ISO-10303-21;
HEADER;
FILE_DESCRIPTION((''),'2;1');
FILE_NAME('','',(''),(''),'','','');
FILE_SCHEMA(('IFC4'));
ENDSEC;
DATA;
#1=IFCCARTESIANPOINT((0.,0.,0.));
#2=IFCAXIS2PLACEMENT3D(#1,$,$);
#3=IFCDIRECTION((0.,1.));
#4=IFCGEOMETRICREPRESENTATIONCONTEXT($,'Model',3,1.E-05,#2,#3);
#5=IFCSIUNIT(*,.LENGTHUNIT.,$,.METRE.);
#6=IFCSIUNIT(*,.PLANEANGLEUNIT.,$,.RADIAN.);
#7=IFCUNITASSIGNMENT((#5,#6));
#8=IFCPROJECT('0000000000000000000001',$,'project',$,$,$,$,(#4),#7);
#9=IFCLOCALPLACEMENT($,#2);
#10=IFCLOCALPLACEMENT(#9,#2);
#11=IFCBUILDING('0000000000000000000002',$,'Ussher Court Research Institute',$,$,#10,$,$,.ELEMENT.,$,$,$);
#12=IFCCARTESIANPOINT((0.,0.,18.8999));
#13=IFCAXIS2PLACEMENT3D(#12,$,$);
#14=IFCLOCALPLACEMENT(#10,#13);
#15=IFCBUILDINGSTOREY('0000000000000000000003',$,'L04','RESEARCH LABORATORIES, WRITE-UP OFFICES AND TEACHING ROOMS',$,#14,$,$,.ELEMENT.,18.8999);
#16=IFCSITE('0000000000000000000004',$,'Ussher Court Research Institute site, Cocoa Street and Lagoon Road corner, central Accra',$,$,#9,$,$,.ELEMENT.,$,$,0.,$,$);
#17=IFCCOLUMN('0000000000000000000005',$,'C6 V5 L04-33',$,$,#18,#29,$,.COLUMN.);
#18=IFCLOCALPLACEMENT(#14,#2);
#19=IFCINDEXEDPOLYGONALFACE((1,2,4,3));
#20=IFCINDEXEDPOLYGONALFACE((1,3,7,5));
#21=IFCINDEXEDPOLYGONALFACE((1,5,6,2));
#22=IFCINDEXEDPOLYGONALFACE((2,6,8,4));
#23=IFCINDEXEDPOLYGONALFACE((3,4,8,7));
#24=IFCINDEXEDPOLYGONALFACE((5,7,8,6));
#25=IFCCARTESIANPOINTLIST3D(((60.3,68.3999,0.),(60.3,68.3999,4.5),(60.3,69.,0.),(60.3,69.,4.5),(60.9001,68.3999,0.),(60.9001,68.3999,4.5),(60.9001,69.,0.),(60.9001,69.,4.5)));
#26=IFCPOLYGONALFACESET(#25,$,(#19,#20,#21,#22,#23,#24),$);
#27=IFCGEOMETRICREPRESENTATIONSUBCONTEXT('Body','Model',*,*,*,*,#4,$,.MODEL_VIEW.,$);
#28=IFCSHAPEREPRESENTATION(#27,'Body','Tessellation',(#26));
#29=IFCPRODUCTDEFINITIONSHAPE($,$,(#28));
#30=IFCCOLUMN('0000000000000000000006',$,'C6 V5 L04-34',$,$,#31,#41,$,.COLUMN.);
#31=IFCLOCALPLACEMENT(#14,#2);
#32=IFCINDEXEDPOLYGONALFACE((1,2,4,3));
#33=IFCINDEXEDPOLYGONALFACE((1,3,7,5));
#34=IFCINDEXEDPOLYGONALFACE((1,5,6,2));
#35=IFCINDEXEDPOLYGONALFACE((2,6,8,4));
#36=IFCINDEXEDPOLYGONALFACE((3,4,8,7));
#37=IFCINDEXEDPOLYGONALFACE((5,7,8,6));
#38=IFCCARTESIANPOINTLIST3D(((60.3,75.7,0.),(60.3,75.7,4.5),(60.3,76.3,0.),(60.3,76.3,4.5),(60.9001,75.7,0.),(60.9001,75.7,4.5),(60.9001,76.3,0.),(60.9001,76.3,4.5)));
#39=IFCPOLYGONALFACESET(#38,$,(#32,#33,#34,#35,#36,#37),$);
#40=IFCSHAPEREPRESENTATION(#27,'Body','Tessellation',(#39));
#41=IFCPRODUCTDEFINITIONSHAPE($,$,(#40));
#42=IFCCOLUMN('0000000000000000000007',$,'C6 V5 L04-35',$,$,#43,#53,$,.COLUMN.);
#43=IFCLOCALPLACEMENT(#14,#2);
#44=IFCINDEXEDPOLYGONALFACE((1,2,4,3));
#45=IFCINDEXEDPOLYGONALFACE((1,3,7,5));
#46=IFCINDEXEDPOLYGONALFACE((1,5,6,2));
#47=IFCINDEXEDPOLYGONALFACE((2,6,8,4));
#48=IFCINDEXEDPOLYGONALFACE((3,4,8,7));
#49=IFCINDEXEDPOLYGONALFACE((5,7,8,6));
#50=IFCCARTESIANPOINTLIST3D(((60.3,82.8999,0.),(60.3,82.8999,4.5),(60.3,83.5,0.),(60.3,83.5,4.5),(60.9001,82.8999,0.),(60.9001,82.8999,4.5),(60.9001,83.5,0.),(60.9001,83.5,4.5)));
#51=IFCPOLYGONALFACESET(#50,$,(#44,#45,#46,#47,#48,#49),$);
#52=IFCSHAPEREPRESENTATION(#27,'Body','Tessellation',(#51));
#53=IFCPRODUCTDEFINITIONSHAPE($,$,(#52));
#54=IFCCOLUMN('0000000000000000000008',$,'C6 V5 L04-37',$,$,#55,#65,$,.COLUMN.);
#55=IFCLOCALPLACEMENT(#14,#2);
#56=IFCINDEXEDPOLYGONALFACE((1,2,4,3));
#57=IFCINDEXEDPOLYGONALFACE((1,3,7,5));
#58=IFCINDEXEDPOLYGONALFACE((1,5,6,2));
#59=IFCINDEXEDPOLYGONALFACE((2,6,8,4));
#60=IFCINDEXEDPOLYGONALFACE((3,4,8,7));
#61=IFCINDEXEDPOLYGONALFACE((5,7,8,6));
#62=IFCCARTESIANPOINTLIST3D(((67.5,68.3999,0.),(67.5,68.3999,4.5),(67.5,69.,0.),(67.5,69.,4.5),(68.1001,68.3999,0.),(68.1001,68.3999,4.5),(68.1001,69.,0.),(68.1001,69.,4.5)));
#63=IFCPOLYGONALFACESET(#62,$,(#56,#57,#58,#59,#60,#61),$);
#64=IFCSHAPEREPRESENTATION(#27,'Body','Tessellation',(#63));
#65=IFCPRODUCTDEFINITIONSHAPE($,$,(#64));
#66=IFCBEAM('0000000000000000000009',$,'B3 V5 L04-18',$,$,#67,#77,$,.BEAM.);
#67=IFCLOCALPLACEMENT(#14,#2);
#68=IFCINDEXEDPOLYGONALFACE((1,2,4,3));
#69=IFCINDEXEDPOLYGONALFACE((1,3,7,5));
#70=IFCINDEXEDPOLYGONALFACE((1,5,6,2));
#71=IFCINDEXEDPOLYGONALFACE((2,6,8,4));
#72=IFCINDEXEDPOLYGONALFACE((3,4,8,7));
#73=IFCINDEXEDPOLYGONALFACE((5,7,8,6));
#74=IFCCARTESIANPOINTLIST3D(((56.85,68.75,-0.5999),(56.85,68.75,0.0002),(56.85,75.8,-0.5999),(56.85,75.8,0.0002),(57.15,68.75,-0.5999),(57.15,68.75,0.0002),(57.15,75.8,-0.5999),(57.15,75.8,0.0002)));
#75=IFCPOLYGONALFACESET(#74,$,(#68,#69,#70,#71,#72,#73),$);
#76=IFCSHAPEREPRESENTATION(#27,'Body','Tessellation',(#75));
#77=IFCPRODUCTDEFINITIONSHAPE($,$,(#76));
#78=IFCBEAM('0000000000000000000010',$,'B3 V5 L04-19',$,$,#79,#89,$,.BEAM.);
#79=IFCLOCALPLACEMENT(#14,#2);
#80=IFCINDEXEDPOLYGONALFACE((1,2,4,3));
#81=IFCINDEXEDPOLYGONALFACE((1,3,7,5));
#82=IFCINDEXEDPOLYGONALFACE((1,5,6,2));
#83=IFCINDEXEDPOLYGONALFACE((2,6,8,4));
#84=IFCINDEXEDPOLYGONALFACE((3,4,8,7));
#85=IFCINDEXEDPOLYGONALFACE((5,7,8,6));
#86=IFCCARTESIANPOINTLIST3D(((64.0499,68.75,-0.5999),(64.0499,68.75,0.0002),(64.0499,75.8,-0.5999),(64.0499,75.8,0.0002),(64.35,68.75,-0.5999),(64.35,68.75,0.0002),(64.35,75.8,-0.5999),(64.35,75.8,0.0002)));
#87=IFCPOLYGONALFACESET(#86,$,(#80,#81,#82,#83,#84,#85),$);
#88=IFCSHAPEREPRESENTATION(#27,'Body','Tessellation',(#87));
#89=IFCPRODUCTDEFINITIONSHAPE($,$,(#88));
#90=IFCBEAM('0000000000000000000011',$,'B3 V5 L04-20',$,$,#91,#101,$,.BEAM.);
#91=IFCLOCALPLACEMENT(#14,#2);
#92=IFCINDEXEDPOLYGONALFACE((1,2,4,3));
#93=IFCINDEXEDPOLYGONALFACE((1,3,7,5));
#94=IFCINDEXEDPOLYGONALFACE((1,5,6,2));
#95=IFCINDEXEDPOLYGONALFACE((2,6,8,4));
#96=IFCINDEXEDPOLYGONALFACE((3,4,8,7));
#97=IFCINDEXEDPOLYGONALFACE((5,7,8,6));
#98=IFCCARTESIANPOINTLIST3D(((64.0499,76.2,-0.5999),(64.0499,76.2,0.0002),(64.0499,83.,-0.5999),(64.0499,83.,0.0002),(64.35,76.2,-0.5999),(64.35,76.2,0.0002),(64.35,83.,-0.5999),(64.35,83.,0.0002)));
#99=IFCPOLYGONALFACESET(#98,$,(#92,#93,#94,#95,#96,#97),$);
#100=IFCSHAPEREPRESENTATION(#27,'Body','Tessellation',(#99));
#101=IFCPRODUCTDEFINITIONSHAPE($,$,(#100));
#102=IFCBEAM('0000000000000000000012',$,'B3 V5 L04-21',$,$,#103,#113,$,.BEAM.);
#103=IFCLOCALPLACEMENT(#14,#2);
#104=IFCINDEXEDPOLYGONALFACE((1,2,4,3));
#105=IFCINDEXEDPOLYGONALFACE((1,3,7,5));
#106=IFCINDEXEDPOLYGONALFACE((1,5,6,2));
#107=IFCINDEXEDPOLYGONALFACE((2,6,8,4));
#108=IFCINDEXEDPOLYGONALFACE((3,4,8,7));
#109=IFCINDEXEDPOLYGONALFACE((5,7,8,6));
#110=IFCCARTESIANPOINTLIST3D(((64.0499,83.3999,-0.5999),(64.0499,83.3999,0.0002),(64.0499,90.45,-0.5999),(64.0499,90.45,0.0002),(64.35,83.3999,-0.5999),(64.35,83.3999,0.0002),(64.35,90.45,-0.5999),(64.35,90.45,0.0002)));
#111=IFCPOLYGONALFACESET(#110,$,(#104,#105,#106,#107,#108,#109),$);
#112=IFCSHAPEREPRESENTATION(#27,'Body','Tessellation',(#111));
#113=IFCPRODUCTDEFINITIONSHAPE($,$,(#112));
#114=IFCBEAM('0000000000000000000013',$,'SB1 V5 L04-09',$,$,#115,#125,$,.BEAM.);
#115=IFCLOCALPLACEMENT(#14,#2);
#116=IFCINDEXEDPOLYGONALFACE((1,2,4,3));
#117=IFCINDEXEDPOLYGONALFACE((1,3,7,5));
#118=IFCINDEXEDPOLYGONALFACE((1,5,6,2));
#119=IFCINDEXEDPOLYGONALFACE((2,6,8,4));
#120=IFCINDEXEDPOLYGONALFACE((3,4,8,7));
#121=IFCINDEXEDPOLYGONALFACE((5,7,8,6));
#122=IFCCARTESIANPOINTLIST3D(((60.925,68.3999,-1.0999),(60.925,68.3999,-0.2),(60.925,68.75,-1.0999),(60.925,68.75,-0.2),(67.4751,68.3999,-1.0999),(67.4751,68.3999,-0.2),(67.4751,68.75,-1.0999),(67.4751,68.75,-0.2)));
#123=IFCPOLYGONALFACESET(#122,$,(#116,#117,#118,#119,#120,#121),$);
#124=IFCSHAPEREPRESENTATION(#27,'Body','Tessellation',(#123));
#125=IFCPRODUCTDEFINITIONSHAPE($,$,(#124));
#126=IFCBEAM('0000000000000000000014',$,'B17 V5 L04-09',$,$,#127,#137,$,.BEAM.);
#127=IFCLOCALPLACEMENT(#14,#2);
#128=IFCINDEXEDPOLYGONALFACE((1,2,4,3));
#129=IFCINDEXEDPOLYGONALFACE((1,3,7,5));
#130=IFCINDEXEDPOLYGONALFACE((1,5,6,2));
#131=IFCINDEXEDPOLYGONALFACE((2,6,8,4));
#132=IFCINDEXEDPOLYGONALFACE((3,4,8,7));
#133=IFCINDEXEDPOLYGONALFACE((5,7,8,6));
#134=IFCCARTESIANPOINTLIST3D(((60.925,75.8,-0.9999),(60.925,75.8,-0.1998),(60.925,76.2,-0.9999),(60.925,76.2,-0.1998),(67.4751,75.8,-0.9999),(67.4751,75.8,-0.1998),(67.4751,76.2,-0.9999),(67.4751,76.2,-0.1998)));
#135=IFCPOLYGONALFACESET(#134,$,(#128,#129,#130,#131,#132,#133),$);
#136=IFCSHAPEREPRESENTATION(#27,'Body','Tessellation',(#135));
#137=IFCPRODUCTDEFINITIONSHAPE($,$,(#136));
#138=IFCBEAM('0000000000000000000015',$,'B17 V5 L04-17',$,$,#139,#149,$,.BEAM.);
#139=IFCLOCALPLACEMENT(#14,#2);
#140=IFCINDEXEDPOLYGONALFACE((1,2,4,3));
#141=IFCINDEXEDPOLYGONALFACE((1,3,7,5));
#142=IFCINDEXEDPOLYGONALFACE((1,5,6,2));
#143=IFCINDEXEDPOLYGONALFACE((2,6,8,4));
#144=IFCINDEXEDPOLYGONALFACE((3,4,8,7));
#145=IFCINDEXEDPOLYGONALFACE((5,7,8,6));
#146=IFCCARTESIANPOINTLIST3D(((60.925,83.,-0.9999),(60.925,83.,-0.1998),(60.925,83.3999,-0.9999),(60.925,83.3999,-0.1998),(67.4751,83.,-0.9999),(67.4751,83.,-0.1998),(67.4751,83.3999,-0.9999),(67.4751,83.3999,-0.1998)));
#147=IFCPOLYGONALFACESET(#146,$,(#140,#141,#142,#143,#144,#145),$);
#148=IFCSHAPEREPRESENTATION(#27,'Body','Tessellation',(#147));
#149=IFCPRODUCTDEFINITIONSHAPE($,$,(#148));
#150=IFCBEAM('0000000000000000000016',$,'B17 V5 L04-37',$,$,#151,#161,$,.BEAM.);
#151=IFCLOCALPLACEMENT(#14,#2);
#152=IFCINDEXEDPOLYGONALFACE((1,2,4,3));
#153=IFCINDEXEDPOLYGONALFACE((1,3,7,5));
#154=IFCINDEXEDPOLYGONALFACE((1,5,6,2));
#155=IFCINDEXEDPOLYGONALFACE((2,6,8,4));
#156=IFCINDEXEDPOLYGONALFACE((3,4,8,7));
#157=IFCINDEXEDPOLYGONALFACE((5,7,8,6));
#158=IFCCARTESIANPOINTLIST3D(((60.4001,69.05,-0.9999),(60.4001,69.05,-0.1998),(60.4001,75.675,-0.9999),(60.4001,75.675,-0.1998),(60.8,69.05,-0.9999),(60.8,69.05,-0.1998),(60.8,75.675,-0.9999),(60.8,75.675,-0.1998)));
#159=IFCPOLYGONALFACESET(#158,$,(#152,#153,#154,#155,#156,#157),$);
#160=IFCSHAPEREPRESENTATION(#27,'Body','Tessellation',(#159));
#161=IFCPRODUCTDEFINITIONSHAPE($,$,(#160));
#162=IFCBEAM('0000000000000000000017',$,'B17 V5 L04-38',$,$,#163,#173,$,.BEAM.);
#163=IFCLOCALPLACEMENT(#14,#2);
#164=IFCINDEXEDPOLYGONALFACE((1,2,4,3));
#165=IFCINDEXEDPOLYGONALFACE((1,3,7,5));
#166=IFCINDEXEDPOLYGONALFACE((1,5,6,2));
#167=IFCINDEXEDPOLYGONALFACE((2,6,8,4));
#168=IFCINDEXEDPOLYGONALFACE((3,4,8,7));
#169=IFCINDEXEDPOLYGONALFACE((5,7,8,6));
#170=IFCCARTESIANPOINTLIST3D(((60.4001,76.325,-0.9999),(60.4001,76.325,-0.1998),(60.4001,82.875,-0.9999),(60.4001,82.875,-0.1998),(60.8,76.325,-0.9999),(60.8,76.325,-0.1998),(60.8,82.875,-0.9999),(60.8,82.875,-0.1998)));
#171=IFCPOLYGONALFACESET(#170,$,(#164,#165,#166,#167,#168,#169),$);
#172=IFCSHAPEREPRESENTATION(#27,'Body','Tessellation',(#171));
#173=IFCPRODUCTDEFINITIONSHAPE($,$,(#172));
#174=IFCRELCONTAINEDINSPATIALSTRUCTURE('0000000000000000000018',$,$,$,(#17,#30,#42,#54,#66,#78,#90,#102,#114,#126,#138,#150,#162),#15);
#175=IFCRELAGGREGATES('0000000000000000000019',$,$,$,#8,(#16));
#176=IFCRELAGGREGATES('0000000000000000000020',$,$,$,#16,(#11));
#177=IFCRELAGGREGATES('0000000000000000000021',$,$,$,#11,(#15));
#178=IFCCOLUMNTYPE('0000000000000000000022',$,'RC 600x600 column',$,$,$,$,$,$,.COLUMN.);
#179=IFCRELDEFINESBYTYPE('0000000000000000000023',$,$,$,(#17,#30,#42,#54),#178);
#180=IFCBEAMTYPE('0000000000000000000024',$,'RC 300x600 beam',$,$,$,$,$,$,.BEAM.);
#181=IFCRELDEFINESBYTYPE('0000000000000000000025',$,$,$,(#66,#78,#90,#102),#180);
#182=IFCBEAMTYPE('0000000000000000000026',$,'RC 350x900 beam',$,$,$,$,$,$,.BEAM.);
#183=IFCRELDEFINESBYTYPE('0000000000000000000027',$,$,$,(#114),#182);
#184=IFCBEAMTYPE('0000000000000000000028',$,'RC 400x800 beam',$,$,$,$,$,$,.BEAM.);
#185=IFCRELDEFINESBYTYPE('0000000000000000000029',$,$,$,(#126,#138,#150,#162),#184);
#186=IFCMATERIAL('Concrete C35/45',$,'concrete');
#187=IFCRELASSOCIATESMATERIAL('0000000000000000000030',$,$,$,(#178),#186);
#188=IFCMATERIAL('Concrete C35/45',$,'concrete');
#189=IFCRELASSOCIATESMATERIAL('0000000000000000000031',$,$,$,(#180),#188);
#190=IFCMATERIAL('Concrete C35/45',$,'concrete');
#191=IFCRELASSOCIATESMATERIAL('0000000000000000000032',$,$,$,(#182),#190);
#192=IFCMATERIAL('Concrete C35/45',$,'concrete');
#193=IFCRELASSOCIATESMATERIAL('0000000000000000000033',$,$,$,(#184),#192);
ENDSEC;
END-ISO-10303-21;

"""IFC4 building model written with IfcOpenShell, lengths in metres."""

from ifc_helpers import new_model, si_unit, direction, frame, origin, origin_2d, place, context, subcontext, project, spatial, rectangle, extrude, material, material_profile, profile_set, type_object, element, save


model = new_model("IFC4")

# Units and contexts
model_context = context("Model", 3, precision=1e-05, world=origin(), true_north=direction((0.0, 1.0)))
body_context = subcontext(model_context, "Body", "Model", "MODEL_VIEW")
ifc_project = project(units=[si_unit("LENGTHUNIT", "METRE"), si_unit("PLANEANGLEUNIT", "RADIAN")], contexts=[model_context])

# Site, building, storey
site_placement = place(None, origin())
site = spatial("IfcSite", under=ifc_project, at=site_placement, Name="Ussher Court Research Institute site, Cocoa Street and Lagoon Road corner, central Accra", CompositionType="ELEMENT", RefElevation=0.0)
building_placement = place(site_placement, origin())
building = spatial("IfcBuilding", under=site, at=building_placement, Name="Ussher Court Research Institute", CompositionType="ELEMENT")
storey_placement = place(building_placement, frame((0.0, 0.0, 18.8999)))
storey = spatial("IfcBuildingStorey", under=building, at=storey_placement, Name="L04", Description="RESEARCH LABORATORIES, WRITE-UP OFFICES AND TEACHING ROOMS", CompositionType="ELEMENT", Elevation=18.8999)

# Columns
ifc_material_1 = material(Name="Concrete C35/45", Category="concrete")
ifc_material_profile_1 = material_profile(ifc_material_1, rectangle(XDim=0.6001, YDim=0.6001, at=origin_2d()), Name="RC 600x600")
ifc_profile_set_1 = profile_set([ifc_material_profile_1], Name="Concrete C35/45")
column_type = type_object("IfcColumnType", Name="RC 600x600 column", PredefinedType="COLUMN", material=ifc_profile_set_1)
for number, where, z_axis, x_axis, name in (
    (1, (60.6001, 68.7, 0.0), (0.0, 0.0, 1.0), (1.0, 0.0, 0.0), "C6 V5 L04-33"),
    (2, (60.6001, 76.0, 0.0), (0.0, 0.0, 1.0), (1.0, 0.0, 0.0), "C6 V5 L04-34"),
    (3, (60.6001, 83.2, 0.0), (0.0, 0.0, 1.0), (1.0, 0.0, 0.0), "C6 V5 L04-35"),
    (4, (67.8, 68.7, 0.0), (0.0, 0.0, 1.0), (1.0, 0.0, 0.0), "C6 V5 L04-37"),
):
    element("IfcColumn", number, at=place(storey_placement, frame(where, z_axis=z_axis, x_axis=x_axis)), inside=storey, type_object=column_type, Name=name, PredefinedType="COLUMN", context=body_context, shape_type="SweptSolid", body=[
        extrude(rectangle(XDim=0.6001, YDim=0.6001, at=origin_2d()), origin(), (0.0, 0.0, 1.0), 4.5),
    ])

# Beams
ifc_material_2 = material(Name="Concrete C35/45", Category="concrete")
ifc_material_profile_2 = material_profile(ifc_material_2, rectangle(XDim=0.3, YDim=0.6001, at=origin_2d()), Name="RC 300x600")
ifc_profile_set_2 = profile_set([ifc_material_profile_2], Name="Concrete C35/45")
beam_type_1 = type_object("IfcBeamType", Name="RC 300x600 beam", PredefinedType="BEAM", material=ifc_profile_set_2)
for number, where, z_axis, x_axis, name in (
    (5, (57.0, 68.75, -0.2998), (0.0, 1.0, 0.0), (-1.0, 0.0, 0.0), "B3 V5 L04-18"),
    (6, (64.2, 68.75, -0.2998), (0.0, 1.0, 0.0), (-1.0, 0.0, 0.0), "B3 V5 L04-19"),
):
    element("IfcBeam", number, at=place(storey_placement, frame(where, z_axis=z_axis, x_axis=x_axis)), inside=storey, type_object=beam_type_1, Name=name, PredefinedType="BEAM", context=body_context, shape_type="SweptSolid", body=[
        extrude(rectangle(XDim=0.3, YDim=0.6001, at=origin_2d()), origin(), (0.0, 0.0, 1.0), 7.05),
    ])
beam_1_placement = place(storey_placement, frame((64.2, 76.2, -0.2998), z_axis=(0.0, 1.0, 0.0), x_axis=(-1.0, 0.0, 0.0)))
element("IfcBeam", 7, at=beam_1_placement, inside=storey, type_object=beam_type_1, Name="B3 V5 L04-20", PredefinedType="BEAM", context=body_context, shape_type="SweptSolid", body=[
    extrude(rectangle(XDim=0.3, YDim=0.6001, at=origin_2d()), origin(), (0.0, 0.0, 1.0), 6.8),
])
beam_2_placement = place(storey_placement, frame((64.2, 83.3999, -0.2998), z_axis=(0.0, 1.0, 0.0), x_axis=(-1.0, 0.0, 0.0)))
element("IfcBeam", 8, at=beam_2_placement, inside=storey, type_object=beam_type_1, Name="B3 V5 L04-21", PredefinedType="BEAM", context=body_context, shape_type="SweptSolid", body=[
    extrude(rectangle(XDim=0.3, YDim=0.6001, at=origin_2d()), origin(), (0.0, 0.0, 1.0), 7.05),
])
ifc_material_3 = material(Name="Concrete C35/45", Category="concrete")
ifc_material_profile_3 = material_profile(ifc_material_3, rectangle(XDim=0.3501, YDim=0.8999, at=origin_2d()), Name="RC 350x900")
ifc_profile_set_3 = profile_set([ifc_material_profile_3], Name="Concrete C35/45")
beam_type_2 = type_object("IfcBeamType", Name="RC 350x900 beam", PredefinedType="BEAM", material=ifc_profile_set_3)
beam_3_placement = place(storey_placement, frame((60.925, 68.575, -0.6499), z_axis=(1.0, 0.0, 0.0), x_axis=(0.0, 1.0, 0.0)))
element("IfcBeam", 9, at=beam_3_placement, inside=storey, type_object=beam_type_2, Name="SB1 V5 L04-09", PredefinedType="BEAM", context=body_context, shape_type="SweptSolid", body=[
    extrude(rectangle(XDim=0.3501, YDim=0.8999, at=origin_2d()), origin(), (0.0, 0.0, 1.0), 6.55),
])
ifc_material_4 = material(Name="Concrete C35/45", Category="concrete")
ifc_material_profile_4 = material_profile(ifc_material_4, rectangle(XDim=0.3999, YDim=0.8, at=origin_2d()), Name="RC 400x800")
ifc_profile_set_4 = profile_set([ifc_material_profile_4], Name="Concrete C35/45")
beam_type_3 = type_object("IfcBeamType", Name="RC 400x800 beam", PredefinedType="BEAM", material=ifc_profile_set_4)
for number, where, z_axis, x_axis, name in (
    (10, (60.925, 76.0, -0.5999), (1.0, 0.0, 0.0), (0.0, 1.0, 0.0), "B17 V5 L04-09"),
    (11, (60.925, 83.2, -0.5999), (1.0, 0.0, 0.0), (0.0, 1.0, 0.0), "B17 V5 L04-17"),
):
    element("IfcBeam", number, at=place(storey_placement, frame(where, z_axis=z_axis, x_axis=x_axis)), inside=storey, type_object=beam_type_3, Name=name, PredefinedType="BEAM", context=body_context, shape_type="SweptSolid", body=[
        extrude(rectangle(XDim=0.3999, YDim=0.8, at=origin_2d()), origin(), (0.0, 0.0, 1.0), 6.55),
    ])
beam_4_placement = place(storey_placement, frame((60.6001, 69.05, -0.5999), z_axis=(0.0, 1.0, 0.0), x_axis=(-1.0, 0.0, 0.0)))
element("IfcBeam", 12, at=beam_4_placement, inside=storey, type_object=beam_type_3, Name="B17 V5 L04-37", PredefinedType="BEAM", context=body_context, shape_type="SweptSolid", body=[
    extrude(rectangle(XDim=0.3999, YDim=0.8, at=origin_2d()), origin(), (0.0, 0.0, 1.0), 6.625),
])
beam_5_placement = place(storey_placement, frame((60.6001, 76.325, -0.5999), z_axis=(0.0, 1.0, 0.0), x_axis=(-1.0, 0.0, 0.0)))
element("IfcBeam", 13, at=beam_5_placement, inside=storey, type_object=beam_type_3, Name="B17 V5 L04-38", PredefinedType="BEAM", context=body_context, shape_type="SweptSolid", body=[
    extrude(rectangle(XDim=0.3999, YDim=0.8, at=origin_2d()), origin(), (0.0, 0.0, 1.0), 6.55),
])

save(model, "model.ifc")
